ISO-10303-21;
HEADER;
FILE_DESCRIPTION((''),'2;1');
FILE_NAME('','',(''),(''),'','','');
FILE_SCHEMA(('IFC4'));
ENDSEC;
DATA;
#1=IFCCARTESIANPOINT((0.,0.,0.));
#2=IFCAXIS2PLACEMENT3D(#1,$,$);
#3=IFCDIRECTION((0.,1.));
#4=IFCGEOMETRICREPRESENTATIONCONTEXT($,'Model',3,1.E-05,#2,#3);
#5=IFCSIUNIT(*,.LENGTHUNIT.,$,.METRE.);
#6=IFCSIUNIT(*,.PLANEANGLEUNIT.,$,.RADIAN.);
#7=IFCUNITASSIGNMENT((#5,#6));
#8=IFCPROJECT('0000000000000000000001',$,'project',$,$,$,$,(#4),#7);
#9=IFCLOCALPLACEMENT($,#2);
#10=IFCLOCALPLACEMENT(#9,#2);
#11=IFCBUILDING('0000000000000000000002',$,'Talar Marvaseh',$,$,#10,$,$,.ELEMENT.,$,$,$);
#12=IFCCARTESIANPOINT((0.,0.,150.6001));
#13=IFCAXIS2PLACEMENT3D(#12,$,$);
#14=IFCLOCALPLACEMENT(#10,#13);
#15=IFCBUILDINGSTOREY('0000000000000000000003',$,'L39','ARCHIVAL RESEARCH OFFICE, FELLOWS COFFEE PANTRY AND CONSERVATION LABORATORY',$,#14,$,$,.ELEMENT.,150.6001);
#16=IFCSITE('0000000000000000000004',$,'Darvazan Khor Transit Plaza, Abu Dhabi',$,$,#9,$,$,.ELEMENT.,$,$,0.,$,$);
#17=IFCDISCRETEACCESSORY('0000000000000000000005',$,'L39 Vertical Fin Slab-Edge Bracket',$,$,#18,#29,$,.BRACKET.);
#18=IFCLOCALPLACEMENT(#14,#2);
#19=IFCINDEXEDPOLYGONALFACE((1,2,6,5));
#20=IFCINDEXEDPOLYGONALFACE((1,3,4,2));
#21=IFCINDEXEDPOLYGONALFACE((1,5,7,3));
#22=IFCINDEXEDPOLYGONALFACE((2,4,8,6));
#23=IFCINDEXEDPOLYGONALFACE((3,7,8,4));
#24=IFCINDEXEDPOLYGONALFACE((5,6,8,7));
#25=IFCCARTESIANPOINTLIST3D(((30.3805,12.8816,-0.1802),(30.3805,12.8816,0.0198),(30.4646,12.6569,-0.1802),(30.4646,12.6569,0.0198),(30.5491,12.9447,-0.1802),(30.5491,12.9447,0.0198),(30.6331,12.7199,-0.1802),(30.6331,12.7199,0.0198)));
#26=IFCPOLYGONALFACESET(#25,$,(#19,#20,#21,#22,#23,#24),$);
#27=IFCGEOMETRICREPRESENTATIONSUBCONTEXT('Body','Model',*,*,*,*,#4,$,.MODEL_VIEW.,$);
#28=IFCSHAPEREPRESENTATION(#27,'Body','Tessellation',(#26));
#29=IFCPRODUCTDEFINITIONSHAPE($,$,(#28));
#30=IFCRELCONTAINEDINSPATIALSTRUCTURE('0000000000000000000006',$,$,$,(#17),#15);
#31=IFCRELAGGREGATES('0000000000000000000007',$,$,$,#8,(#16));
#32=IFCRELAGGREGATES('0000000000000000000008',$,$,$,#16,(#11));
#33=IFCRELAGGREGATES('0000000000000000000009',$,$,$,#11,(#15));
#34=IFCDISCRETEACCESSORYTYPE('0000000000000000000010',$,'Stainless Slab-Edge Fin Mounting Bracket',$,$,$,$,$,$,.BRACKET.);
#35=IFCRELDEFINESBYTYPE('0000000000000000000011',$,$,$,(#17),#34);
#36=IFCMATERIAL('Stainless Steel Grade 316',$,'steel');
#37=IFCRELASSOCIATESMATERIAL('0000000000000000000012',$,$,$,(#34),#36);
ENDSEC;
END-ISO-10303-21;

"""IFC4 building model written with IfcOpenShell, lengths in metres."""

from ifc_helpers import new_model, si_unit, direction, frame, origin, origin_2d, place, context, subcontext, project, spatial, rectangle, extrude, source, transform, mapped, material, type_object, type_shapes, element, save


model = new_model("IFC4")

# Units and contexts
model_context = context("Model", 3, precision=1e-05, world=origin(), true_north=direction((0.0, 1.0)))
body_context = subcontext(model_context, "Body", "Model", "MODEL_VIEW")
ifc_project = project(units=[si_unit("LENGTHUNIT", "METRE"), si_unit("PLANEANGLEUNIT", "RADIAN")], contexts=[model_context])

# Site, building, storey
site_placement = place(None, origin())
site = spatial("IfcSite", under=ifc_project, at=site_placement, Name="Darvazan Khor Transit Plaza, Abu Dhabi", CompositionType="ELEMENT", RefElevation=0.0)
building_placement = place(site_placement, origin())
building = spatial("IfcBuilding", under=site, at=building_placement, Name="Talar Marvaseh", CompositionType="ELEMENT")
storey_placement = place(building_placement, frame((0.0, 0.0, 150.6001)))
storey = spatial("IfcBuildingStorey", under=building, at=storey_placement, Name="L39", Description="ARCHIVAL RESEARCH OFFICE, FELLOWS COFFEE PANTRY AND CONSERVATION LABORATORY", CompositionType="ELEMENT", Elevation=150.6001)

# Shared definitions
ifc_material_1 = material(Name="Stainless Steel Grade 316", Category="steel")

# Discrete accessory
discrete_accessory_type = type_object("IfcDiscreteAccessoryType", Name="Stainless Slab-Edge Fin Mounting Bracket", PredefinedType="BRACKET", material=ifc_material_1)
shared_shape_1 = source(origin(), body_context, "Body", "SweptSolid", [
    extrude(rectangle(XDim=0.24, YDim=0.1799, at=origin_2d()), origin(), (0.0, 0.0, 1.0), 0.2),
])
type_shapes(discrete_accessory_type, [shared_shape_1])
discrete_accessory_placement = place(storey_placement, frame((30.5068, 12.8008, -0.1802), z_axis=(0.0, 0.0, 1.0), x_axis=(0.350371, -0.936611, 0.0)))
element("IfcDiscreteAccessory", 1, at=discrete_accessory_placement, inside=storey, type_object=discrete_accessory_type, Name="L39 Vertical Fin Slab-Edge Bracket", PredefinedType="BRACKET", context=body_context, shape_type="MappedRepresentation", body=[
    mapped(shared_shape_1, transform((0.0, 0.0, 0.0), x_axis=(1.0, 0.0, 0.0), y_axis=(0.0, 1.0, 0.0), z_axis=(0.0, 0.0, 1.0), scale=1.0)),
])

save(model, "model.ifc")
